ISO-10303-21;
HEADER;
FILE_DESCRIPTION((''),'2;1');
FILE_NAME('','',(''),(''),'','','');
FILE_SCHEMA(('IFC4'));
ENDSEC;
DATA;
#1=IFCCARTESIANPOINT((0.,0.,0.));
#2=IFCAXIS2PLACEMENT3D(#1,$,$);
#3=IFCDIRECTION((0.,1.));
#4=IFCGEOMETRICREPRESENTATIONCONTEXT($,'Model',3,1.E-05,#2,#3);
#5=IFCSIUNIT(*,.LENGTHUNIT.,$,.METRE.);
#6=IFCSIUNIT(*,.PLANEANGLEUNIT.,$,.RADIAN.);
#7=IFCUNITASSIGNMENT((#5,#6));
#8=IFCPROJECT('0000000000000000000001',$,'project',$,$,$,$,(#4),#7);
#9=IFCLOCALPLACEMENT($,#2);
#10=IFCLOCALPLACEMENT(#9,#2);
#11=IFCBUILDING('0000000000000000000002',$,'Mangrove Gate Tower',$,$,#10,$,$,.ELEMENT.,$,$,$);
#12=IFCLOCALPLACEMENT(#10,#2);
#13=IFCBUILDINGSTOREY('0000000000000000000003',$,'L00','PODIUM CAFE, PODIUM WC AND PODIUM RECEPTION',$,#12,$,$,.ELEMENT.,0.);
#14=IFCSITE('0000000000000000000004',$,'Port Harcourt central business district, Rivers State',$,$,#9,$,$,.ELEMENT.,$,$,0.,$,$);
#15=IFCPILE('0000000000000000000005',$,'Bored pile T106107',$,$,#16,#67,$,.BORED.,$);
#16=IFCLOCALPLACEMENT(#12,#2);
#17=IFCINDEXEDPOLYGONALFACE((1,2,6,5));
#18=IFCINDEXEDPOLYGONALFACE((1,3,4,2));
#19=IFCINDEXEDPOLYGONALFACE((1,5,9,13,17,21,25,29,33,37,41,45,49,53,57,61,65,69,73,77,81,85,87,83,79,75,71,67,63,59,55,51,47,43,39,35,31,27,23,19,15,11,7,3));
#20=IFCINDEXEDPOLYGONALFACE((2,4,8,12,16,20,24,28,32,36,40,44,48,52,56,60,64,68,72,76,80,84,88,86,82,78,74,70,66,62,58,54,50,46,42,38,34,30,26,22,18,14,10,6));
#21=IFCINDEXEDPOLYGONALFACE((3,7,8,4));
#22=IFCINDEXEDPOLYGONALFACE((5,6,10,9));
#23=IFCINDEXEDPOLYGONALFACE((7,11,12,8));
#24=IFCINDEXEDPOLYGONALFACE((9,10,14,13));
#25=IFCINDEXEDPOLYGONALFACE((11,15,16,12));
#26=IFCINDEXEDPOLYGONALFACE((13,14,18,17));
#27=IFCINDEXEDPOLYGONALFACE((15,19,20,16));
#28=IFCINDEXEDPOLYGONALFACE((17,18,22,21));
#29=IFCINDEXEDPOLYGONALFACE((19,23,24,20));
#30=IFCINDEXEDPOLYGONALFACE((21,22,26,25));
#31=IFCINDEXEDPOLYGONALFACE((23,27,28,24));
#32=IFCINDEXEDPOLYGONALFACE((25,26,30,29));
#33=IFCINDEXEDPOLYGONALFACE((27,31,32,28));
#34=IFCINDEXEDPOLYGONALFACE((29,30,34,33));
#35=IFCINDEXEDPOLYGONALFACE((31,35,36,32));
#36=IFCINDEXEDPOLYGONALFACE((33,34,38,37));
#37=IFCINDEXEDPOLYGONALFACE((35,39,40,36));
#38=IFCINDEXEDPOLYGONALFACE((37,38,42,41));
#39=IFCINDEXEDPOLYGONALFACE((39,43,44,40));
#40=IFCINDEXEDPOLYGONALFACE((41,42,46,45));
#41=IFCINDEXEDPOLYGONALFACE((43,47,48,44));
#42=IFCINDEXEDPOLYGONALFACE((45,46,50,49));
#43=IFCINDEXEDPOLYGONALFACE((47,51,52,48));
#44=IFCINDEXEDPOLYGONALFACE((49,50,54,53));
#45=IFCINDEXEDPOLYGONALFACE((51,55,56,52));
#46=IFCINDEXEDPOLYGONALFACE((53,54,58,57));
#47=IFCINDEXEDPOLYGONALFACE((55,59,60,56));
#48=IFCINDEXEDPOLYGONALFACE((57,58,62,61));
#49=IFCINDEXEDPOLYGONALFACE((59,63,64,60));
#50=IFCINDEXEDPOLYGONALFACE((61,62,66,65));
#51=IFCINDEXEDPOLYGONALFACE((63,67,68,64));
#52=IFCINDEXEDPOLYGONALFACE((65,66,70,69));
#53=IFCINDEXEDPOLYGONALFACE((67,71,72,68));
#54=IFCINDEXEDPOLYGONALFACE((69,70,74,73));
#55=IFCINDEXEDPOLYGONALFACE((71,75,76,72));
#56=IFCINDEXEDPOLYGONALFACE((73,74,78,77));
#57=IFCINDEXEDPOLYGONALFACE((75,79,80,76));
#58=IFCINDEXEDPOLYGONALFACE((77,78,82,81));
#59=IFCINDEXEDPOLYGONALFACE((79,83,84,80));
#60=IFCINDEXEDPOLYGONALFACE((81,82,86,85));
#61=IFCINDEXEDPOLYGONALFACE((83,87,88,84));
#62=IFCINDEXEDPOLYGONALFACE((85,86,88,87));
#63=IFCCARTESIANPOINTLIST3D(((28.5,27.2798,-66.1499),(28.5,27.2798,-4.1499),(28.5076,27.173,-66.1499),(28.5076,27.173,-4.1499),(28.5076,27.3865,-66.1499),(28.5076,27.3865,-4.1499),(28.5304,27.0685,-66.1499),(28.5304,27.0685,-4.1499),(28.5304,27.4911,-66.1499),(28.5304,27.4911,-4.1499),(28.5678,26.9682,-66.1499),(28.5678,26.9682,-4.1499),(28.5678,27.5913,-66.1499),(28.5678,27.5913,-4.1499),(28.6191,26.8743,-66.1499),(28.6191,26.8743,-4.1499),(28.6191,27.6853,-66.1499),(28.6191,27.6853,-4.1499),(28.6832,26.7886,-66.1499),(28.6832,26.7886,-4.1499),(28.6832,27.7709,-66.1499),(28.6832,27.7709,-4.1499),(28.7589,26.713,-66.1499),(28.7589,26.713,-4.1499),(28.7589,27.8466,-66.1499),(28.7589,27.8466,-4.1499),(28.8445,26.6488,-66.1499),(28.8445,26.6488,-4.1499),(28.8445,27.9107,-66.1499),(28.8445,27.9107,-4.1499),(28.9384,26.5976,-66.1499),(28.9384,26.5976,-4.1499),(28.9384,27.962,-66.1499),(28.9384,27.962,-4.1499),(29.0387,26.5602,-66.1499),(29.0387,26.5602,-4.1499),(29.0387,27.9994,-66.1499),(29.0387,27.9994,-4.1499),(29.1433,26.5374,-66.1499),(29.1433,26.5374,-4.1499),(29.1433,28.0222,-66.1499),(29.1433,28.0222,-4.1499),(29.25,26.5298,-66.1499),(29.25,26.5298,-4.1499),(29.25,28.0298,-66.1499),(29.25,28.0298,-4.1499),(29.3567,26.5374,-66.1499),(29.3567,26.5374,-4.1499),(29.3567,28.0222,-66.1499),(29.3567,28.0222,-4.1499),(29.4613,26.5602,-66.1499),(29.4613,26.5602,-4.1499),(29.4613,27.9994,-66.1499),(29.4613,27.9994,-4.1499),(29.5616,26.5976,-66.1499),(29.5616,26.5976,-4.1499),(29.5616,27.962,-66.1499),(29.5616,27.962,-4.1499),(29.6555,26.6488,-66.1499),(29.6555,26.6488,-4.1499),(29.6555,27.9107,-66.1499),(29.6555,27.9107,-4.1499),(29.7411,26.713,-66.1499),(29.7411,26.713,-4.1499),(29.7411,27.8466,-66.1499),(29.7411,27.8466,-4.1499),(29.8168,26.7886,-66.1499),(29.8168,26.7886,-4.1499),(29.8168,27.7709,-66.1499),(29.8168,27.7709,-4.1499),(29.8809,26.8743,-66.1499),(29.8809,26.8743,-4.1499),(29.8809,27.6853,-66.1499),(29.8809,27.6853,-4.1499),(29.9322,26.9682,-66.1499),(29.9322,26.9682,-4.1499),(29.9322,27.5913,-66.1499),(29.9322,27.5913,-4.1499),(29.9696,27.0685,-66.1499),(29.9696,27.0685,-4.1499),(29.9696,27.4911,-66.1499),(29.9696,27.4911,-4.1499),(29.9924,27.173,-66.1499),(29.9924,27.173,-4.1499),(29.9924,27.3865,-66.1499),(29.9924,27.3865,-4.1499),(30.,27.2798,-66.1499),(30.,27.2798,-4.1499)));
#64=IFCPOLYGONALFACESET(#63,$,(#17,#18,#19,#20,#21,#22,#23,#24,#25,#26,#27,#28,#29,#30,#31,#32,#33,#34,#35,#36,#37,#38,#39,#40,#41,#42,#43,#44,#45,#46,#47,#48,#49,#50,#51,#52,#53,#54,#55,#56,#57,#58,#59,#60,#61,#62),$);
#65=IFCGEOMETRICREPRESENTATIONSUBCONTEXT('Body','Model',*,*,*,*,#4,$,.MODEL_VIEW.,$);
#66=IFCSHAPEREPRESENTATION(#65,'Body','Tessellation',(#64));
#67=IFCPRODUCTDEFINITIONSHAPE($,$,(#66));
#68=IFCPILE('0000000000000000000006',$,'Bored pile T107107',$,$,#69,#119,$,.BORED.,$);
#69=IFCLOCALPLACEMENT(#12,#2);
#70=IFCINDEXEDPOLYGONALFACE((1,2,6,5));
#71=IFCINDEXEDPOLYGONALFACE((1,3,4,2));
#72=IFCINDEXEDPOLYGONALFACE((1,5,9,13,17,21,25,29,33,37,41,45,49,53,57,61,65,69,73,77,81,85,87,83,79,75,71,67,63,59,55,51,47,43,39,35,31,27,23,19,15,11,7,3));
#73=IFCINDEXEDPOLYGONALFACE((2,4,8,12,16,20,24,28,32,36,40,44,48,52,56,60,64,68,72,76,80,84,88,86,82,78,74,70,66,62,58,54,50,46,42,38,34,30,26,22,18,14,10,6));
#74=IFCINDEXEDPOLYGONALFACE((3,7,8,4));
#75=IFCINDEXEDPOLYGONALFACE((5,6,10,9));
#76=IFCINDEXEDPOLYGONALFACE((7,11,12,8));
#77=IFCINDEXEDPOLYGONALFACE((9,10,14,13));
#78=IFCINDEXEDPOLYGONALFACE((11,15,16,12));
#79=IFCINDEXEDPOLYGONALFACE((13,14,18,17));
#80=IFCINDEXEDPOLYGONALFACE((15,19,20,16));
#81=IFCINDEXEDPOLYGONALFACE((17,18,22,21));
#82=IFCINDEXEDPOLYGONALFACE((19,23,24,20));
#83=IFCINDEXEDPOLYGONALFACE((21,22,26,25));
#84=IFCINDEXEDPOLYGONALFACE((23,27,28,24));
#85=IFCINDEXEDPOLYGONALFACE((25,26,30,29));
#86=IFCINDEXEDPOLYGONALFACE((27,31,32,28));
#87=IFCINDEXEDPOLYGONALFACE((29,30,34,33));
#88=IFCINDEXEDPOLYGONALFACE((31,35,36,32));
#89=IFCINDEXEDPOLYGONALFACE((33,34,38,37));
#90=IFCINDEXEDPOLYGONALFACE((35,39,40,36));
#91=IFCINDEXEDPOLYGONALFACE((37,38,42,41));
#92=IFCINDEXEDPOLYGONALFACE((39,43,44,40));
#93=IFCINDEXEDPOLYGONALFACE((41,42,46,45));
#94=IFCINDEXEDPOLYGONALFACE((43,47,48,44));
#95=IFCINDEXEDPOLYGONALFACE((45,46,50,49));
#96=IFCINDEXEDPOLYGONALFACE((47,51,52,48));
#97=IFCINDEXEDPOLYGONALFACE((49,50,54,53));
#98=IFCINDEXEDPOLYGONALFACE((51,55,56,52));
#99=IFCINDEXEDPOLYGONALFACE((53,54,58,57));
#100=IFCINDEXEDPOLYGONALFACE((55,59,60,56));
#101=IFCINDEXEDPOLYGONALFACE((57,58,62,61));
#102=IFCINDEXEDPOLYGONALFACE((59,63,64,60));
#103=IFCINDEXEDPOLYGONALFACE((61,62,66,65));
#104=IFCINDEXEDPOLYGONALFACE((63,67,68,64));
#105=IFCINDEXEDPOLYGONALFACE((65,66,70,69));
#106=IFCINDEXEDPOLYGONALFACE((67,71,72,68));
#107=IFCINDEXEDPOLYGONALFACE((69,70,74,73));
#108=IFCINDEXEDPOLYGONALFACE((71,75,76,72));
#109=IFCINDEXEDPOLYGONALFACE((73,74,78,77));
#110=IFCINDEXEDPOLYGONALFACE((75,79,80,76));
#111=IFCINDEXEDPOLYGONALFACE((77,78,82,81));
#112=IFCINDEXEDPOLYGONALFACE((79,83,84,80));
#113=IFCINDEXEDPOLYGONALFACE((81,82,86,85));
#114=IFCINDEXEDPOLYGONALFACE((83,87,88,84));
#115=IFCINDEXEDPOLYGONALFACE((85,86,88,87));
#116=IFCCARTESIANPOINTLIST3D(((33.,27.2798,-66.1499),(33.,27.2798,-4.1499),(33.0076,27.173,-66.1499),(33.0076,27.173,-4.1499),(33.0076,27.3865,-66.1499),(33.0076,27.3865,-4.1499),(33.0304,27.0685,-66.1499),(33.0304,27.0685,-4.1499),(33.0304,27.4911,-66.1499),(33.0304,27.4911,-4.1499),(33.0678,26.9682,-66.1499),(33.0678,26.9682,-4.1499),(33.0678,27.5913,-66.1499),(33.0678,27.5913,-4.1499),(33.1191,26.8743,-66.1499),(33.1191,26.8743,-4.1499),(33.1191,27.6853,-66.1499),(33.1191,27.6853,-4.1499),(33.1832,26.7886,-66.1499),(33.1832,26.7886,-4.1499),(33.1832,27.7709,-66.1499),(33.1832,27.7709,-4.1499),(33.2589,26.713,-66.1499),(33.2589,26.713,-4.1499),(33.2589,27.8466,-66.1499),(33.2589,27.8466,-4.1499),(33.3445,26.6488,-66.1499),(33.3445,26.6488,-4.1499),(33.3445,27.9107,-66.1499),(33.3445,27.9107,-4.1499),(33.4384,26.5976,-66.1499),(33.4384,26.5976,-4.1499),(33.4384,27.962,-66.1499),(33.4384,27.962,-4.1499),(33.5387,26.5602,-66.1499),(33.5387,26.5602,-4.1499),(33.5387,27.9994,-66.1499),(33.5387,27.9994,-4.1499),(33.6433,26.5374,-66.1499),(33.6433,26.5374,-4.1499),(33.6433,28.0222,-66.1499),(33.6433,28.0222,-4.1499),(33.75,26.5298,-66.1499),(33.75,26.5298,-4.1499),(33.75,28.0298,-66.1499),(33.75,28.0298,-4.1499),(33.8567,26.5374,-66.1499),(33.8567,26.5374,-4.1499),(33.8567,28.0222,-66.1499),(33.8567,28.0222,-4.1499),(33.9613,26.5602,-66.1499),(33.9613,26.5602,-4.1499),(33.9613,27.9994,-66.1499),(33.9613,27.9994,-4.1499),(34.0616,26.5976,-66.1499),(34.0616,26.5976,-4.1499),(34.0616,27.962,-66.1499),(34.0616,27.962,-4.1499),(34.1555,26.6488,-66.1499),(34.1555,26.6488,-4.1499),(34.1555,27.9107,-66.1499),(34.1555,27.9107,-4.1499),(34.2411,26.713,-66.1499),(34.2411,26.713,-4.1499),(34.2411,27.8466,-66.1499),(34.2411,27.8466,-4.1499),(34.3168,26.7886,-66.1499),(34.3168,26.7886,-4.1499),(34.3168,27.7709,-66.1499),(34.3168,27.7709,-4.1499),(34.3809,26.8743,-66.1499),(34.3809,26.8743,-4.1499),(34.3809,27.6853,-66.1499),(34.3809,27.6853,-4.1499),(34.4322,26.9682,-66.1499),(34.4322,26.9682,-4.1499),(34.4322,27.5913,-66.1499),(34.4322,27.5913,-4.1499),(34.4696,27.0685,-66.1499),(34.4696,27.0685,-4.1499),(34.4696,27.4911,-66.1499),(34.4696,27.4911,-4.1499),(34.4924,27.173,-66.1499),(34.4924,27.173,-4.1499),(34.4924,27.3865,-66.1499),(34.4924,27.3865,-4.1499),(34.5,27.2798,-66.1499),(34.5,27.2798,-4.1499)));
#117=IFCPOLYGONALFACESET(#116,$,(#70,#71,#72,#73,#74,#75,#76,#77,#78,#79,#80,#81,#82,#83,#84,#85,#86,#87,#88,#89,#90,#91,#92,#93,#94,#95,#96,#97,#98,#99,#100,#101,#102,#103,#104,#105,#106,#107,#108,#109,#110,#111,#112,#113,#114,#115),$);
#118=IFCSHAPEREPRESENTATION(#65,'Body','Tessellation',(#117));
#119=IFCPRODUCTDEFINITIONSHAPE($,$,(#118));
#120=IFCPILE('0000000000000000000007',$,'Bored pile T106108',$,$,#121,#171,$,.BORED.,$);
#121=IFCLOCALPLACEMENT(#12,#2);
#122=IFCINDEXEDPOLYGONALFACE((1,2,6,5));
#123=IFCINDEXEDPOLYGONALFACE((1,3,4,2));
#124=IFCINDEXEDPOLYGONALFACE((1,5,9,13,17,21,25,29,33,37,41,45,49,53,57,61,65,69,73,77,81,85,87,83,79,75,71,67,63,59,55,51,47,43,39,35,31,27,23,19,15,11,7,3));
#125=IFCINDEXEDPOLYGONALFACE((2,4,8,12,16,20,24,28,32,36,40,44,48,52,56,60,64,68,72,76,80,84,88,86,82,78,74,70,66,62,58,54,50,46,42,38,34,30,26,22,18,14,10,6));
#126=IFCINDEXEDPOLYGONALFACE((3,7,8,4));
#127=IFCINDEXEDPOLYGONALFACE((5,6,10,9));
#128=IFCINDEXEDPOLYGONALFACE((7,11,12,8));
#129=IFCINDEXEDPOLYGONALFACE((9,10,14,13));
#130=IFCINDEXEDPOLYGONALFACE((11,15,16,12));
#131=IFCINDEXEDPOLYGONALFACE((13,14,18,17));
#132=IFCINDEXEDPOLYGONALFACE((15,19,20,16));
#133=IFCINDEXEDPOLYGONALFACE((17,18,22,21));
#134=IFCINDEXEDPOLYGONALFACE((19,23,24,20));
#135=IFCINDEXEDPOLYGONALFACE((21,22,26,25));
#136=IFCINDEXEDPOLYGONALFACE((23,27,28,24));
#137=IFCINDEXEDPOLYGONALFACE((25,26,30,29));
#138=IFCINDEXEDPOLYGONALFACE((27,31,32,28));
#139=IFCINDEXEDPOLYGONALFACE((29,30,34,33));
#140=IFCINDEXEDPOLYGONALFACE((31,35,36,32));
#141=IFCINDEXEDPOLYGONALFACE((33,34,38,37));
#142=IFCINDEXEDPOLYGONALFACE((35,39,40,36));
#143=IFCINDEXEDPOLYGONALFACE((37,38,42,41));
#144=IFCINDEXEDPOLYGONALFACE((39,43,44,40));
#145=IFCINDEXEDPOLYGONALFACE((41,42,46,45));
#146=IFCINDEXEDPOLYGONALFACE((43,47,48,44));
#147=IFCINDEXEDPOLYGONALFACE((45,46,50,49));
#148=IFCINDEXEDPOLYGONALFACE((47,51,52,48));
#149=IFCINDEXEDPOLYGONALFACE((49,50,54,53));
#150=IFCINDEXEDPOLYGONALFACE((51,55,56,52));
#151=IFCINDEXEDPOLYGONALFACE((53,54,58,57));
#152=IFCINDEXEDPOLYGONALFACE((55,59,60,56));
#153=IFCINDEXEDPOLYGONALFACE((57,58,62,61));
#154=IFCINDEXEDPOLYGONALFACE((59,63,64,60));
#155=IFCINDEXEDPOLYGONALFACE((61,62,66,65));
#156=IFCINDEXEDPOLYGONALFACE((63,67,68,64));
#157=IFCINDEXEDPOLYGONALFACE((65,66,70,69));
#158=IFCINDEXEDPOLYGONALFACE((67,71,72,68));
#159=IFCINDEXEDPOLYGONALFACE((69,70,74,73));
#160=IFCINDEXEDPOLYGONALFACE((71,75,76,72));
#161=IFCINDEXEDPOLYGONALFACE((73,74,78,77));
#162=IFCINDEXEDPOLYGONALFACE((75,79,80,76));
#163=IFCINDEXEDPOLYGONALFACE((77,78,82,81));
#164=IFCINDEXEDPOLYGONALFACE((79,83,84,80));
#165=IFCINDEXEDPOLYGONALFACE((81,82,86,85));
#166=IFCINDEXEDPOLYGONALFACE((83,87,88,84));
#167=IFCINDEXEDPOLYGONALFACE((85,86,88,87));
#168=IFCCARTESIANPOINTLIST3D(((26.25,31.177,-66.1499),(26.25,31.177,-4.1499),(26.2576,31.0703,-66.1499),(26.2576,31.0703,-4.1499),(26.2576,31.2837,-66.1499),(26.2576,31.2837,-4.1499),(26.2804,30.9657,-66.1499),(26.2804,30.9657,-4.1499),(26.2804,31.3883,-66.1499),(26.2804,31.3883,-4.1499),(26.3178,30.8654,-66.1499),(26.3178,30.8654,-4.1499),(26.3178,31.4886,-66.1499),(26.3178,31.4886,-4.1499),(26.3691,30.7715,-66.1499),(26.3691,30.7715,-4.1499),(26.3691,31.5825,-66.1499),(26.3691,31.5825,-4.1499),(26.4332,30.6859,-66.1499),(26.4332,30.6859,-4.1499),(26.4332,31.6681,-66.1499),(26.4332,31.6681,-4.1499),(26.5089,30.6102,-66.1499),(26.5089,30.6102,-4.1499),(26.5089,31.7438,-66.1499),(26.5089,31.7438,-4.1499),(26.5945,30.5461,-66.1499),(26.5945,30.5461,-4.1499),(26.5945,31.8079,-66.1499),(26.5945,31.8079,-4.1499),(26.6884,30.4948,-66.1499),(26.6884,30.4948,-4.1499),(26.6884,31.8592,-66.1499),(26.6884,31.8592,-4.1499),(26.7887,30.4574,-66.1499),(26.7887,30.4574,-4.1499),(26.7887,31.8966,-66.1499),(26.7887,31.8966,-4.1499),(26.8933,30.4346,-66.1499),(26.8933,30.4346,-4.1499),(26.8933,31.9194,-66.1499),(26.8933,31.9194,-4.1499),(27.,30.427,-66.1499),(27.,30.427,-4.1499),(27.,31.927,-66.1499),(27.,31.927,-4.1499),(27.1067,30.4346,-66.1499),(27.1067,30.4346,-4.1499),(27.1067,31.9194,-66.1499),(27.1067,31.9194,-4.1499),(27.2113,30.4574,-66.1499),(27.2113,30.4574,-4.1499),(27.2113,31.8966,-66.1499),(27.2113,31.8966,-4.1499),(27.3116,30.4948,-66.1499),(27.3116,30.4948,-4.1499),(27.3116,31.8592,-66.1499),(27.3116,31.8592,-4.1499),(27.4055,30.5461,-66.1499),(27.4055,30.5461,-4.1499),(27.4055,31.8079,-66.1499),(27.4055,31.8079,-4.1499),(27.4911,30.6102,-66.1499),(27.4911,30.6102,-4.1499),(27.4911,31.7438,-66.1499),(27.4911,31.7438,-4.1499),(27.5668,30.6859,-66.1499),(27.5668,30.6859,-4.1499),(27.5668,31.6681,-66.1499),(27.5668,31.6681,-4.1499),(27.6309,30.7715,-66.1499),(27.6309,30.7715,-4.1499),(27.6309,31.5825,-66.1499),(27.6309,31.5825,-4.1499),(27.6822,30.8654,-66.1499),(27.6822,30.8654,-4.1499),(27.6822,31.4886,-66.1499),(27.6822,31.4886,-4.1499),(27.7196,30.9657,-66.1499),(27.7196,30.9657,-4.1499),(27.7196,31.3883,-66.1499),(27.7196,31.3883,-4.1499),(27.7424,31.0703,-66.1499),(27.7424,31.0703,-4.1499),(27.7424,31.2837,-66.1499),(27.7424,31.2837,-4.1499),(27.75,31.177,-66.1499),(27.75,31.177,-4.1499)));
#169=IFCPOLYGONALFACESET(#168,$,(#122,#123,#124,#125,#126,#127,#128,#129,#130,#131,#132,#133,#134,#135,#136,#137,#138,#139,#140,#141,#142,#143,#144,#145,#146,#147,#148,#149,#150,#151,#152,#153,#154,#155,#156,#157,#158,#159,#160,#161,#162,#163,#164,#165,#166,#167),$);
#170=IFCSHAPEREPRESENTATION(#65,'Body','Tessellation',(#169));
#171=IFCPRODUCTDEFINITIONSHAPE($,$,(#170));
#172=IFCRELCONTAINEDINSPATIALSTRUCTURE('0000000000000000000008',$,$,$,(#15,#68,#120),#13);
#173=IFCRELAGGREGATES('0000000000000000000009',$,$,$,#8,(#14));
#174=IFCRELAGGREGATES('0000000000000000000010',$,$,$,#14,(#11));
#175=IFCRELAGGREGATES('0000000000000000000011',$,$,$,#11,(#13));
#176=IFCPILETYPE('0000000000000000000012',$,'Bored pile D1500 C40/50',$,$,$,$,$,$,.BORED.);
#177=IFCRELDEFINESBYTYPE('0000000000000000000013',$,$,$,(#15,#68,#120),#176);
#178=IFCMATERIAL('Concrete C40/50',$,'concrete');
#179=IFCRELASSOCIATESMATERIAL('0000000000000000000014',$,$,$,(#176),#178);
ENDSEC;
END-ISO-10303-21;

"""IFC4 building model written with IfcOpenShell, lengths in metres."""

from ifc_helpers import new_model, si_unit, direction, frame, origin, origin_2d, place, context, subcontext, project, spatial, circle, extrude, material, material_profile, profile_set, type_object, element, save


model = new_model("IFC4")

# Units and contexts
model_context = context("Model", 3, precision=1e-05, world=origin(), true_north=direction((0.0, 1.0)))
body_context = subcontext(model_context, "Body", "Model", "MODEL_VIEW")
ifc_project = project(units=[si_unit("LENGTHUNIT", "METRE"), si_unit("PLANEANGLEUNIT", "RADIAN")], contexts=[model_context])

# Site, building, storey
site_placement = place(None, origin())
site = spatial("IfcSite", under=ifc_project, at=site_placement, Name="Port Harcourt central business district, Rivers State", CompositionType="ELEMENT", RefElevation=0.0)
building_placement = place(site_placement, origin())
building = spatial("IfcBuilding", under=site, at=building_placement, Name="Mangrove Gate Tower", CompositionType="ELEMENT")
storey_placement = place(building_placement, origin())
storey = spatial("IfcBuildingStorey", under=building, at=storey_placement, Name="L00", Description="PODIUM CAFE, PODIUM WC AND PODIUM RECEPTION", CompositionType="ELEMENT", Elevation=0.0)

# Piles
ifc_material_1 = material(Name="Concrete C40/50", Category="concrete")
ifc_material_profile_1 = material_profile(ifc_material_1, circle(Radius=0.75, at=origin_2d()))
ifc_profile_set_1 = profile_set([ifc_material_profile_1], Name="Concrete C40/50")
pile_type = type_object("IfcPileType", Name="Bored pile D1500 C40/50", PredefinedType="BORED", material=ifc_profile_set_1)
for number, where, z_axis, x_axis, name in (
    (1, (29.25, 27.2798, -4.1499), (0.0, 0.0, -1.0), (1.0, 0.0, 0.0), "Bored pile T106107"),
    (2, (33.75, 27.2798, -4.1499), (0.0, 0.0, -1.0), (1.0, 0.0, 0.0), "Bored pile T107107"),
    (3, (27.0, 31.177, -4.1499), (0.0, 0.0, -1.0), (1.0, 0.0, 0.0), "Bored pile T106108"),
):
    element("IfcPile", number, at=place(storey_placement, frame(where, z_axis=z_axis, x_axis=x_axis)), inside=storey, type_object=pile_type, Name=name, PredefinedType="BORED", context=body_context, shape_type="SweptSolid", body=[
        extrude(circle(Radius=0.75, at=origin_2d()), origin(), (0.0, 0.0, 1.0), 62.0),
    ])

save(model, "model.ifc")
